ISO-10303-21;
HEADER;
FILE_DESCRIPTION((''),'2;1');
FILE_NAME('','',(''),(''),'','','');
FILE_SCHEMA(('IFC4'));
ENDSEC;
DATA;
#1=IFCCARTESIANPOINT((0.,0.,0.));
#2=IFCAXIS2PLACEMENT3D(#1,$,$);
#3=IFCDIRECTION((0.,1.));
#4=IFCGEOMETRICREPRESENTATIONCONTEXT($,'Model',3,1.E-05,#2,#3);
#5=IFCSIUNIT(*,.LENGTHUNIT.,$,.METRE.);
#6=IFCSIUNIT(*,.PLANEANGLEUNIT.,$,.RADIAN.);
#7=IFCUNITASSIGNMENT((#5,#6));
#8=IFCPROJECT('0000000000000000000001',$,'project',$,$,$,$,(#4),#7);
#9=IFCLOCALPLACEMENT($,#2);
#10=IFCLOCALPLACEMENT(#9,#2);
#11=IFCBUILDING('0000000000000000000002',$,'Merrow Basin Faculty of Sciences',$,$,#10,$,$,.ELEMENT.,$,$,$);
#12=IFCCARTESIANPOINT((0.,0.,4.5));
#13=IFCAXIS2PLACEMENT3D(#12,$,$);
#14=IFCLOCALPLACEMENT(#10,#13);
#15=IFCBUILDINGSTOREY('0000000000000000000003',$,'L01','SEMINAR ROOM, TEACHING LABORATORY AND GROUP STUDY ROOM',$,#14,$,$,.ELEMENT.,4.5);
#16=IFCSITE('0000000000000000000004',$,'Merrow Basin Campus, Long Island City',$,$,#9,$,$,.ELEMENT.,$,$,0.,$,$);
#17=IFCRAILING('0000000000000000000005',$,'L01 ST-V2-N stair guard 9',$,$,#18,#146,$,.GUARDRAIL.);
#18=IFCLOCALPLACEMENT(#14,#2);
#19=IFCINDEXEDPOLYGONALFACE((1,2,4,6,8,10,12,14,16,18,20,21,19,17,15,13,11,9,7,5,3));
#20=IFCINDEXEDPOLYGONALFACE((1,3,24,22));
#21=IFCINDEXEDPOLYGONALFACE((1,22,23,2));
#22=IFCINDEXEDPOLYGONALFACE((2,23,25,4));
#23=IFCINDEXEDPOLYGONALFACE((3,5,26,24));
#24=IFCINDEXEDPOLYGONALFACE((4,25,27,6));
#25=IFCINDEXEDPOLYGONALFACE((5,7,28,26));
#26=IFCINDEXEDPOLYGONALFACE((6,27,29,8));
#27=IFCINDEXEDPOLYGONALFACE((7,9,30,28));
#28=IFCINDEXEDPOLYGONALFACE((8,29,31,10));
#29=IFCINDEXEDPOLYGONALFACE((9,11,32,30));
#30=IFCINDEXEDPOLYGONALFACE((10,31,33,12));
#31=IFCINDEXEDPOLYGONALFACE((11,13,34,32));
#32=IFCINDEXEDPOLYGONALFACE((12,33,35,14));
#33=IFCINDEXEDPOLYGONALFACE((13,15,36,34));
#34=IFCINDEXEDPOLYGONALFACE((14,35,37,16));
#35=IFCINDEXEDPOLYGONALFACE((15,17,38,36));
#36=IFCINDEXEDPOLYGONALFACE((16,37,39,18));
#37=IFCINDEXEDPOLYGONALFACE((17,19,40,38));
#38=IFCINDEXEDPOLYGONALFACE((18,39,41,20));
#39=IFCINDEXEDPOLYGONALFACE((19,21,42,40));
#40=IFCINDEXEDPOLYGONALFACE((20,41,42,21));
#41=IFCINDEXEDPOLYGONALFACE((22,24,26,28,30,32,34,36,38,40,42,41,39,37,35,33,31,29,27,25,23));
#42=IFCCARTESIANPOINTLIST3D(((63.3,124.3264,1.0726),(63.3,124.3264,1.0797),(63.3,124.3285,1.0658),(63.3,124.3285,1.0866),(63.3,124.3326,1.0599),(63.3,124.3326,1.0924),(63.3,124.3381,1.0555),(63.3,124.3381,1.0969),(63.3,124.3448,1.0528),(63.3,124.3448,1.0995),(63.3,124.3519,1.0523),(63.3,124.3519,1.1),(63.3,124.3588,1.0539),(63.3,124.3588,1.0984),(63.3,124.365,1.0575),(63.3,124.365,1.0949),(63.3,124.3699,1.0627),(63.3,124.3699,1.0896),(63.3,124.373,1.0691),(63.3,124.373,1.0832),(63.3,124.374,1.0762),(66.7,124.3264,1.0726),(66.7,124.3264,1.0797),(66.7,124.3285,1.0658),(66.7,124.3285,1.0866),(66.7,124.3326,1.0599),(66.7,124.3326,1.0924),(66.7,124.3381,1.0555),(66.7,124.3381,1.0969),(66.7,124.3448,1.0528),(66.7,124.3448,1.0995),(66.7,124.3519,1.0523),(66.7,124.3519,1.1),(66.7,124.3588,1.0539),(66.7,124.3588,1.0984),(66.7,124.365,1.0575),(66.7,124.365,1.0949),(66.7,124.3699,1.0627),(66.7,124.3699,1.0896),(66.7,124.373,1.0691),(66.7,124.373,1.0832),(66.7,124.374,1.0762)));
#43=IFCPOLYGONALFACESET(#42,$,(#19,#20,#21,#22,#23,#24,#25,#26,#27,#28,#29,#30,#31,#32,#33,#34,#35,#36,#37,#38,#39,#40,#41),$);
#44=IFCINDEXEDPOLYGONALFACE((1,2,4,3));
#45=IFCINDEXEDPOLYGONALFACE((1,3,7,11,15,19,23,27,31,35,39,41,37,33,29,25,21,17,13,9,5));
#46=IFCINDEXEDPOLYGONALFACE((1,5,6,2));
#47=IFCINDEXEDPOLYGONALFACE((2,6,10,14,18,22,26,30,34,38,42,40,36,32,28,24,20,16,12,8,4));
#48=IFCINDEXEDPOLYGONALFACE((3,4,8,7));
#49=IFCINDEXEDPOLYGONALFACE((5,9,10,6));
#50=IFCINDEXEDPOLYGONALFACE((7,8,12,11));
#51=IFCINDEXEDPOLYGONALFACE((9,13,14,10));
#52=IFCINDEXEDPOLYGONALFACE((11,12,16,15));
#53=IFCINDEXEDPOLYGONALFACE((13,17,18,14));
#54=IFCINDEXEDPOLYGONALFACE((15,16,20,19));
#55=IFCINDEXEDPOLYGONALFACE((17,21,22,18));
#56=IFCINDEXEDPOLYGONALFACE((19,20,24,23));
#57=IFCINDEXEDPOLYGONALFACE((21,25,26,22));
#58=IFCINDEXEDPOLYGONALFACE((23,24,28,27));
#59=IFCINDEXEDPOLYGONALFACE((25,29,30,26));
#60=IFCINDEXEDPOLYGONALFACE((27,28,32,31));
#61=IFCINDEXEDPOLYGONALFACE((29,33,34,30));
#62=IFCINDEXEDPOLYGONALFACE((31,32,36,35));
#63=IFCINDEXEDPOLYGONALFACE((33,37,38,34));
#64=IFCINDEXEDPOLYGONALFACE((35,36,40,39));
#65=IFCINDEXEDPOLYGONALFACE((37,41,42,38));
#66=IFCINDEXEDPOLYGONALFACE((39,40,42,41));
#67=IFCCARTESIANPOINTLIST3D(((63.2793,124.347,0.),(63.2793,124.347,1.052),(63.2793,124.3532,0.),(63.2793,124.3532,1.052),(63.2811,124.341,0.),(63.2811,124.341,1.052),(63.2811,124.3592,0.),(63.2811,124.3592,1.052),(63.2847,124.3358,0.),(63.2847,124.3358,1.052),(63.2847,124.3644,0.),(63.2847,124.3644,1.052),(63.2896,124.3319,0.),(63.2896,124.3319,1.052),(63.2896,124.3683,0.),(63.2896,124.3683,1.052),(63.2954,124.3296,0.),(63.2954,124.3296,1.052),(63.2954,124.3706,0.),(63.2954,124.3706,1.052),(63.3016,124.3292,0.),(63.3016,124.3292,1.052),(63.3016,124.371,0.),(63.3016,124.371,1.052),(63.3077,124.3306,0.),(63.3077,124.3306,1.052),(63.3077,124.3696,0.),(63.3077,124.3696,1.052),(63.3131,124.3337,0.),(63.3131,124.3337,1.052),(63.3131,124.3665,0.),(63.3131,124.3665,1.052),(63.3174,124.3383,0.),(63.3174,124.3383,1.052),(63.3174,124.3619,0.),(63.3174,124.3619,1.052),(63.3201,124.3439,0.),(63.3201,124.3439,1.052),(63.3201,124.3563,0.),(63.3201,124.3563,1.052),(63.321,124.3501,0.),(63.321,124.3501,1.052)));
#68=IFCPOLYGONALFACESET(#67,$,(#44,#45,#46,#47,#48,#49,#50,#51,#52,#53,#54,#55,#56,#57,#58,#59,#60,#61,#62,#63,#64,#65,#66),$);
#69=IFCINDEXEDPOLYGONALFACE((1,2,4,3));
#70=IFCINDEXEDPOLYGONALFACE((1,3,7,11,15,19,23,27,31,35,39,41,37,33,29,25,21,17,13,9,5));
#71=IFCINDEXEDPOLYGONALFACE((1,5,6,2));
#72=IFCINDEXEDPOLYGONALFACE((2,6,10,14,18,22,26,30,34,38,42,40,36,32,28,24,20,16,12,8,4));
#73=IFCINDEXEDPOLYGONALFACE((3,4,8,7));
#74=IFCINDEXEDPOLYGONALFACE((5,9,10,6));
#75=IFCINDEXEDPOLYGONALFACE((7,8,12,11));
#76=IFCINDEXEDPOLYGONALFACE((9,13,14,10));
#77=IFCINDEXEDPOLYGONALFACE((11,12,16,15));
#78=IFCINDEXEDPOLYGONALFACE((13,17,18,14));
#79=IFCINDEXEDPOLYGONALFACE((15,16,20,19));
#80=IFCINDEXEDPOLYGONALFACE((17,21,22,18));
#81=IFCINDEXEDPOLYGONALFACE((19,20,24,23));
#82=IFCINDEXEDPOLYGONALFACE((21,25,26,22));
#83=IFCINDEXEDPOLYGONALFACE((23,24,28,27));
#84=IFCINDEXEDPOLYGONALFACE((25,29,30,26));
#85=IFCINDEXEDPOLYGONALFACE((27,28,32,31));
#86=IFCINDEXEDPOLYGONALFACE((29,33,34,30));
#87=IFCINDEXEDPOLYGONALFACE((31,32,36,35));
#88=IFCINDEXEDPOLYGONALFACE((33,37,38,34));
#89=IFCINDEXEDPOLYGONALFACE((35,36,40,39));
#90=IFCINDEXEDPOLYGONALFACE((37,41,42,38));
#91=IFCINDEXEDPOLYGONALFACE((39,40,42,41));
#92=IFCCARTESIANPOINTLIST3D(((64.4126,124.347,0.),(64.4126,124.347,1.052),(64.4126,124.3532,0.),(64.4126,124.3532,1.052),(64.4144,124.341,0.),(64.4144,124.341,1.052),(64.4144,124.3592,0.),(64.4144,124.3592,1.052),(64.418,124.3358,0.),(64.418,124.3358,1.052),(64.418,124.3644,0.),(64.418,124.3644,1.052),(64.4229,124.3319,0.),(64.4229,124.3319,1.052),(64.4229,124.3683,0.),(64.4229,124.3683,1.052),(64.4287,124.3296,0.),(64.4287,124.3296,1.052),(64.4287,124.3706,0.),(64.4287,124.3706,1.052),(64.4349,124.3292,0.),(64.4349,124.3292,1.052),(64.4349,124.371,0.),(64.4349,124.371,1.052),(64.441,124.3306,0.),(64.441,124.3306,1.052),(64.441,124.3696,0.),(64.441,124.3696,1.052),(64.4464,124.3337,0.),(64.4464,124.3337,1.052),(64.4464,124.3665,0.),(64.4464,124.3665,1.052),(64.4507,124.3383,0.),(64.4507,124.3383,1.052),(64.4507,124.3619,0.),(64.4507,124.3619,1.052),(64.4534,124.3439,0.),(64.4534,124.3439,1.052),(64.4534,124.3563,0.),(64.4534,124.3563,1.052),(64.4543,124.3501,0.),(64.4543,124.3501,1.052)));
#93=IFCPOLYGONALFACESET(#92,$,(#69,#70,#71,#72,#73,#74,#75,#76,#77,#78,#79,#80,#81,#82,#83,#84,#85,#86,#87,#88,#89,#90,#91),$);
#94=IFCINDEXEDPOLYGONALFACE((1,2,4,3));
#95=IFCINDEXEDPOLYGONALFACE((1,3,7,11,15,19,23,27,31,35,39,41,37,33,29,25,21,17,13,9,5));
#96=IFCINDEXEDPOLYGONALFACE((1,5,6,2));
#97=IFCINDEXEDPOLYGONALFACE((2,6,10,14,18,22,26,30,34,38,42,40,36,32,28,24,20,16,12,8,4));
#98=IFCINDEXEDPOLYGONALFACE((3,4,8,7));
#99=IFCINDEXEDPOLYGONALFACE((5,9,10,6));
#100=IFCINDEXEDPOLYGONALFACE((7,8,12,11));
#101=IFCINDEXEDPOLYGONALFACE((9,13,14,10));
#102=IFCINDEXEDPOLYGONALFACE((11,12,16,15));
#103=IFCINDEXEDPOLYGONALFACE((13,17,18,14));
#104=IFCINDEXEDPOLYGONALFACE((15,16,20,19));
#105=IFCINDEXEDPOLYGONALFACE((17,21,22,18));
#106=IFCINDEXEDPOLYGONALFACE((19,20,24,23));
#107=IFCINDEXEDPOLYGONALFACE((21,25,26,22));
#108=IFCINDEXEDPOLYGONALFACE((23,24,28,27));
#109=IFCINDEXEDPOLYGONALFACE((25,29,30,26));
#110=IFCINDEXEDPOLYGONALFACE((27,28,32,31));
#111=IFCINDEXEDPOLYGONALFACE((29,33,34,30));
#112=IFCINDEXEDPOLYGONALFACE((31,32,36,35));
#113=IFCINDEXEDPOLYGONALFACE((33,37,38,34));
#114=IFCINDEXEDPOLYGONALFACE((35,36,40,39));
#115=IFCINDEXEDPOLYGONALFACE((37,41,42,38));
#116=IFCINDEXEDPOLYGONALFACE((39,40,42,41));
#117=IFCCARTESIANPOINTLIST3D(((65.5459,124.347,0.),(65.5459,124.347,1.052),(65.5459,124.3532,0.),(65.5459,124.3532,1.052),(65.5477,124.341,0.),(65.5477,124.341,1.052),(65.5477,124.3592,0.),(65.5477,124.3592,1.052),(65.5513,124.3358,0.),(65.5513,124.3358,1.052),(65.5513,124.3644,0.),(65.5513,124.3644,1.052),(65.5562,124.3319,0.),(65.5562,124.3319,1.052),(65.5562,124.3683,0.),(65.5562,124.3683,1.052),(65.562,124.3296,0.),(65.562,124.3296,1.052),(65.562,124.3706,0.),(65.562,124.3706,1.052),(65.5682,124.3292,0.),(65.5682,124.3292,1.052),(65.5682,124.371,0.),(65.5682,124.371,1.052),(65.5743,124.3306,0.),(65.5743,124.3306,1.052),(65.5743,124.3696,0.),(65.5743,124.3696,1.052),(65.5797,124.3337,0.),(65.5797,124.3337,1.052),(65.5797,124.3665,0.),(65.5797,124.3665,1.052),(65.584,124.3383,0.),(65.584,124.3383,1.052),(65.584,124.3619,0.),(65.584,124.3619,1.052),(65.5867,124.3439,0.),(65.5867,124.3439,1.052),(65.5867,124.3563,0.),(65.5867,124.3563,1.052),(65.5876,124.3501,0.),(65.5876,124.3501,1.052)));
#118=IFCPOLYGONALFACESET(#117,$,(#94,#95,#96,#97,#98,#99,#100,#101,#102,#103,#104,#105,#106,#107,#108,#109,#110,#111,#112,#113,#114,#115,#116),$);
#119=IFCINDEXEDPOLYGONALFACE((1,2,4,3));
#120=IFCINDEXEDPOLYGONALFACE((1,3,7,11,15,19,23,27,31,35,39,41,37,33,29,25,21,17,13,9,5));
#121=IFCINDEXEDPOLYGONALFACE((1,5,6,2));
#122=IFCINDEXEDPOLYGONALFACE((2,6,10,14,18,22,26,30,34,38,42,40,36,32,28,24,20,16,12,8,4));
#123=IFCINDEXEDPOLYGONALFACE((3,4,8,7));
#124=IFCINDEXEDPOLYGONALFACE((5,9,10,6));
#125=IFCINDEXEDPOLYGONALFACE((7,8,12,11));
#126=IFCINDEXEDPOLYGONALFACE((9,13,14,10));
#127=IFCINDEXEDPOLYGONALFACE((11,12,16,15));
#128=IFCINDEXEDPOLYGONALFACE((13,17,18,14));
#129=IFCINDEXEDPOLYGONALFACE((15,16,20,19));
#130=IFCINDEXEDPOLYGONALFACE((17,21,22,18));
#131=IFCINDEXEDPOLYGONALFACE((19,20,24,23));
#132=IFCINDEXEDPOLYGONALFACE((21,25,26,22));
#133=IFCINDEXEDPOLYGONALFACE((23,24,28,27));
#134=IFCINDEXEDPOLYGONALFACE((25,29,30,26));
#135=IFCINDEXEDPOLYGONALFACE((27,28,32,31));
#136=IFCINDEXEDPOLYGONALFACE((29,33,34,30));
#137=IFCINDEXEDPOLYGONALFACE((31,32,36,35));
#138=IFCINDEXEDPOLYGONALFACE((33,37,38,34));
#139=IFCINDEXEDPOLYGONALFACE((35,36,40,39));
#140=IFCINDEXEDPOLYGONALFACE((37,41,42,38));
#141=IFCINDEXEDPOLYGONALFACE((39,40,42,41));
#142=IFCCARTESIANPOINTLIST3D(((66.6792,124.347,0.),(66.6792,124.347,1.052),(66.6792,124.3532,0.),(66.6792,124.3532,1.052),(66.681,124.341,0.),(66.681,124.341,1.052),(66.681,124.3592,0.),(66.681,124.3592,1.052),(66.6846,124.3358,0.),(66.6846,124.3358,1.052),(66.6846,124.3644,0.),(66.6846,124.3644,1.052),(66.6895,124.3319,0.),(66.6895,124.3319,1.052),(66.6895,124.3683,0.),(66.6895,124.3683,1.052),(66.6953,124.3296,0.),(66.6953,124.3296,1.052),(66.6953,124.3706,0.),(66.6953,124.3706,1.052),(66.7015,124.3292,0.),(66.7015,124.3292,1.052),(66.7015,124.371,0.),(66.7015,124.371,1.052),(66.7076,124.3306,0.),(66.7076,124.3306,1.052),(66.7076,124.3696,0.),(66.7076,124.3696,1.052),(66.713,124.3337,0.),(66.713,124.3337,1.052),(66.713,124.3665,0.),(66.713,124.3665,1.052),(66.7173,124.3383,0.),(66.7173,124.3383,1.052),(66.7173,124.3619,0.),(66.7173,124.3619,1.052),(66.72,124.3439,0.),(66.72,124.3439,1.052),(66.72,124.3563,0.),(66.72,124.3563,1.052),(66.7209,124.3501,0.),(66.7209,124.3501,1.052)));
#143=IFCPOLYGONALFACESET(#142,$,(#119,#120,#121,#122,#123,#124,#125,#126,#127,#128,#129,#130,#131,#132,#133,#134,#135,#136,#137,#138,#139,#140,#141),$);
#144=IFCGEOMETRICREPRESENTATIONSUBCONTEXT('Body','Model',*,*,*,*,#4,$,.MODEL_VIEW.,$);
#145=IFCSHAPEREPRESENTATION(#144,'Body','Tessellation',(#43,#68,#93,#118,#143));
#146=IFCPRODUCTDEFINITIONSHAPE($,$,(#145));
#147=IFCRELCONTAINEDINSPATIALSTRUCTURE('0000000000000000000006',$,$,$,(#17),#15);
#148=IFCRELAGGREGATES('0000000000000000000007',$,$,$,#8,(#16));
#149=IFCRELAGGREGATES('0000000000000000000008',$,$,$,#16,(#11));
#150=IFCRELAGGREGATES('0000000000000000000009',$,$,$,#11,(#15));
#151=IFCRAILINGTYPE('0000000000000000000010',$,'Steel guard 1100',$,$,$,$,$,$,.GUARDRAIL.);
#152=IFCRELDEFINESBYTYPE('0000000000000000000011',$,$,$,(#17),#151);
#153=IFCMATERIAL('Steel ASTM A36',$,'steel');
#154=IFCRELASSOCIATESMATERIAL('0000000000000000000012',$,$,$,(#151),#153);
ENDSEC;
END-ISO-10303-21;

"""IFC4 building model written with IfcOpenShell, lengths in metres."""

from ifc_helpers import new_model, si_unit, direction, frame, origin, origin_2d, place, context, subcontext, project, spatial, circle, extrude, material, type_object, element, save


model = new_model("IFC4")

# Units and contexts
model_context = context("Model", 3, precision=1e-05, world=origin(), true_north=direction((0.0, 1.0)))
body_context = subcontext(model_context, "Body", "Model", "MODEL_VIEW")
ifc_project = project(units=[si_unit("LENGTHUNIT", "METRE"), si_unit("PLANEANGLEUNIT", "RADIAN")], contexts=[model_context])

# Site, building, storey
site_placement = place(None, origin())
site = spatial("IfcSite", under=ifc_project, at=site_placement, Name="Merrow Basin Campus, Long Island City", CompositionType="ELEMENT", RefElevation=0.0)
building_placement = place(site_placement, origin())
building = spatial("IfcBuilding", under=site, at=building_placement, Name="Merrow Basin Faculty of Sciences", CompositionType="ELEMENT")
storey_placement = place(building_placement, frame((0.0, 0.0, 4.5)))
storey = spatial("IfcBuildingStorey", under=building, at=storey_placement, Name="L01", Description="SEMINAR ROOM, TEACHING LABORATORY AND GROUP STUDY ROOM", CompositionType="ELEMENT", Elevation=4.5)

# Railing
ifc_material_1 = material(Name="Steel ASTM A36", Category="steel")
railing_type_1 = type_object("IfcRailingType", Name="Steel guard 1100", PredefinedType="GUARDRAIL", material=ifc_material_1)
railing_1_placement = place(storey_placement, frame((63.3, 124.3501, 0.0)))
element("IfcRailing", 1, at=railing_1_placement, inside=storey, type_object=railing_type_1, Name="L01 ST-V2-N stair guard 9", PredefinedType="GUARDRAIL", context=body_context, shape_type="SweptSolid", body=[
    extrude(circle(Radius=0.0239, at=origin_2d()), frame((0.0, 0.0, 1.0762), z_axis=(1.0, 0.0, 0.0), x_axis=(0.0, 1.0, 0.0)), (0.0, 0.0, 1.0), 3.3999),
    extrude(circle(Radius=0.021, at=origin_2d()), origin(), (0.0, 0.0, 1.0), 1.052),
    extrude(circle(Radius=0.021, at=origin_2d()), frame((1.1333, 0.0, 0.0)), (0.0, 0.0, 1.0), 1.052),
    extrude(circle(Radius=0.021, at=origin_2d()), frame((2.2666, 0.0, 0.0)), (0.0, 0.0, 1.0), 1.052),
    extrude(circle(Radius=0.021, at=origin_2d()), frame((3.3999, 0.0, 0.0)), (0.0, 0.0, 1.0), 1.052),
])

save(model, "model.ifc")
